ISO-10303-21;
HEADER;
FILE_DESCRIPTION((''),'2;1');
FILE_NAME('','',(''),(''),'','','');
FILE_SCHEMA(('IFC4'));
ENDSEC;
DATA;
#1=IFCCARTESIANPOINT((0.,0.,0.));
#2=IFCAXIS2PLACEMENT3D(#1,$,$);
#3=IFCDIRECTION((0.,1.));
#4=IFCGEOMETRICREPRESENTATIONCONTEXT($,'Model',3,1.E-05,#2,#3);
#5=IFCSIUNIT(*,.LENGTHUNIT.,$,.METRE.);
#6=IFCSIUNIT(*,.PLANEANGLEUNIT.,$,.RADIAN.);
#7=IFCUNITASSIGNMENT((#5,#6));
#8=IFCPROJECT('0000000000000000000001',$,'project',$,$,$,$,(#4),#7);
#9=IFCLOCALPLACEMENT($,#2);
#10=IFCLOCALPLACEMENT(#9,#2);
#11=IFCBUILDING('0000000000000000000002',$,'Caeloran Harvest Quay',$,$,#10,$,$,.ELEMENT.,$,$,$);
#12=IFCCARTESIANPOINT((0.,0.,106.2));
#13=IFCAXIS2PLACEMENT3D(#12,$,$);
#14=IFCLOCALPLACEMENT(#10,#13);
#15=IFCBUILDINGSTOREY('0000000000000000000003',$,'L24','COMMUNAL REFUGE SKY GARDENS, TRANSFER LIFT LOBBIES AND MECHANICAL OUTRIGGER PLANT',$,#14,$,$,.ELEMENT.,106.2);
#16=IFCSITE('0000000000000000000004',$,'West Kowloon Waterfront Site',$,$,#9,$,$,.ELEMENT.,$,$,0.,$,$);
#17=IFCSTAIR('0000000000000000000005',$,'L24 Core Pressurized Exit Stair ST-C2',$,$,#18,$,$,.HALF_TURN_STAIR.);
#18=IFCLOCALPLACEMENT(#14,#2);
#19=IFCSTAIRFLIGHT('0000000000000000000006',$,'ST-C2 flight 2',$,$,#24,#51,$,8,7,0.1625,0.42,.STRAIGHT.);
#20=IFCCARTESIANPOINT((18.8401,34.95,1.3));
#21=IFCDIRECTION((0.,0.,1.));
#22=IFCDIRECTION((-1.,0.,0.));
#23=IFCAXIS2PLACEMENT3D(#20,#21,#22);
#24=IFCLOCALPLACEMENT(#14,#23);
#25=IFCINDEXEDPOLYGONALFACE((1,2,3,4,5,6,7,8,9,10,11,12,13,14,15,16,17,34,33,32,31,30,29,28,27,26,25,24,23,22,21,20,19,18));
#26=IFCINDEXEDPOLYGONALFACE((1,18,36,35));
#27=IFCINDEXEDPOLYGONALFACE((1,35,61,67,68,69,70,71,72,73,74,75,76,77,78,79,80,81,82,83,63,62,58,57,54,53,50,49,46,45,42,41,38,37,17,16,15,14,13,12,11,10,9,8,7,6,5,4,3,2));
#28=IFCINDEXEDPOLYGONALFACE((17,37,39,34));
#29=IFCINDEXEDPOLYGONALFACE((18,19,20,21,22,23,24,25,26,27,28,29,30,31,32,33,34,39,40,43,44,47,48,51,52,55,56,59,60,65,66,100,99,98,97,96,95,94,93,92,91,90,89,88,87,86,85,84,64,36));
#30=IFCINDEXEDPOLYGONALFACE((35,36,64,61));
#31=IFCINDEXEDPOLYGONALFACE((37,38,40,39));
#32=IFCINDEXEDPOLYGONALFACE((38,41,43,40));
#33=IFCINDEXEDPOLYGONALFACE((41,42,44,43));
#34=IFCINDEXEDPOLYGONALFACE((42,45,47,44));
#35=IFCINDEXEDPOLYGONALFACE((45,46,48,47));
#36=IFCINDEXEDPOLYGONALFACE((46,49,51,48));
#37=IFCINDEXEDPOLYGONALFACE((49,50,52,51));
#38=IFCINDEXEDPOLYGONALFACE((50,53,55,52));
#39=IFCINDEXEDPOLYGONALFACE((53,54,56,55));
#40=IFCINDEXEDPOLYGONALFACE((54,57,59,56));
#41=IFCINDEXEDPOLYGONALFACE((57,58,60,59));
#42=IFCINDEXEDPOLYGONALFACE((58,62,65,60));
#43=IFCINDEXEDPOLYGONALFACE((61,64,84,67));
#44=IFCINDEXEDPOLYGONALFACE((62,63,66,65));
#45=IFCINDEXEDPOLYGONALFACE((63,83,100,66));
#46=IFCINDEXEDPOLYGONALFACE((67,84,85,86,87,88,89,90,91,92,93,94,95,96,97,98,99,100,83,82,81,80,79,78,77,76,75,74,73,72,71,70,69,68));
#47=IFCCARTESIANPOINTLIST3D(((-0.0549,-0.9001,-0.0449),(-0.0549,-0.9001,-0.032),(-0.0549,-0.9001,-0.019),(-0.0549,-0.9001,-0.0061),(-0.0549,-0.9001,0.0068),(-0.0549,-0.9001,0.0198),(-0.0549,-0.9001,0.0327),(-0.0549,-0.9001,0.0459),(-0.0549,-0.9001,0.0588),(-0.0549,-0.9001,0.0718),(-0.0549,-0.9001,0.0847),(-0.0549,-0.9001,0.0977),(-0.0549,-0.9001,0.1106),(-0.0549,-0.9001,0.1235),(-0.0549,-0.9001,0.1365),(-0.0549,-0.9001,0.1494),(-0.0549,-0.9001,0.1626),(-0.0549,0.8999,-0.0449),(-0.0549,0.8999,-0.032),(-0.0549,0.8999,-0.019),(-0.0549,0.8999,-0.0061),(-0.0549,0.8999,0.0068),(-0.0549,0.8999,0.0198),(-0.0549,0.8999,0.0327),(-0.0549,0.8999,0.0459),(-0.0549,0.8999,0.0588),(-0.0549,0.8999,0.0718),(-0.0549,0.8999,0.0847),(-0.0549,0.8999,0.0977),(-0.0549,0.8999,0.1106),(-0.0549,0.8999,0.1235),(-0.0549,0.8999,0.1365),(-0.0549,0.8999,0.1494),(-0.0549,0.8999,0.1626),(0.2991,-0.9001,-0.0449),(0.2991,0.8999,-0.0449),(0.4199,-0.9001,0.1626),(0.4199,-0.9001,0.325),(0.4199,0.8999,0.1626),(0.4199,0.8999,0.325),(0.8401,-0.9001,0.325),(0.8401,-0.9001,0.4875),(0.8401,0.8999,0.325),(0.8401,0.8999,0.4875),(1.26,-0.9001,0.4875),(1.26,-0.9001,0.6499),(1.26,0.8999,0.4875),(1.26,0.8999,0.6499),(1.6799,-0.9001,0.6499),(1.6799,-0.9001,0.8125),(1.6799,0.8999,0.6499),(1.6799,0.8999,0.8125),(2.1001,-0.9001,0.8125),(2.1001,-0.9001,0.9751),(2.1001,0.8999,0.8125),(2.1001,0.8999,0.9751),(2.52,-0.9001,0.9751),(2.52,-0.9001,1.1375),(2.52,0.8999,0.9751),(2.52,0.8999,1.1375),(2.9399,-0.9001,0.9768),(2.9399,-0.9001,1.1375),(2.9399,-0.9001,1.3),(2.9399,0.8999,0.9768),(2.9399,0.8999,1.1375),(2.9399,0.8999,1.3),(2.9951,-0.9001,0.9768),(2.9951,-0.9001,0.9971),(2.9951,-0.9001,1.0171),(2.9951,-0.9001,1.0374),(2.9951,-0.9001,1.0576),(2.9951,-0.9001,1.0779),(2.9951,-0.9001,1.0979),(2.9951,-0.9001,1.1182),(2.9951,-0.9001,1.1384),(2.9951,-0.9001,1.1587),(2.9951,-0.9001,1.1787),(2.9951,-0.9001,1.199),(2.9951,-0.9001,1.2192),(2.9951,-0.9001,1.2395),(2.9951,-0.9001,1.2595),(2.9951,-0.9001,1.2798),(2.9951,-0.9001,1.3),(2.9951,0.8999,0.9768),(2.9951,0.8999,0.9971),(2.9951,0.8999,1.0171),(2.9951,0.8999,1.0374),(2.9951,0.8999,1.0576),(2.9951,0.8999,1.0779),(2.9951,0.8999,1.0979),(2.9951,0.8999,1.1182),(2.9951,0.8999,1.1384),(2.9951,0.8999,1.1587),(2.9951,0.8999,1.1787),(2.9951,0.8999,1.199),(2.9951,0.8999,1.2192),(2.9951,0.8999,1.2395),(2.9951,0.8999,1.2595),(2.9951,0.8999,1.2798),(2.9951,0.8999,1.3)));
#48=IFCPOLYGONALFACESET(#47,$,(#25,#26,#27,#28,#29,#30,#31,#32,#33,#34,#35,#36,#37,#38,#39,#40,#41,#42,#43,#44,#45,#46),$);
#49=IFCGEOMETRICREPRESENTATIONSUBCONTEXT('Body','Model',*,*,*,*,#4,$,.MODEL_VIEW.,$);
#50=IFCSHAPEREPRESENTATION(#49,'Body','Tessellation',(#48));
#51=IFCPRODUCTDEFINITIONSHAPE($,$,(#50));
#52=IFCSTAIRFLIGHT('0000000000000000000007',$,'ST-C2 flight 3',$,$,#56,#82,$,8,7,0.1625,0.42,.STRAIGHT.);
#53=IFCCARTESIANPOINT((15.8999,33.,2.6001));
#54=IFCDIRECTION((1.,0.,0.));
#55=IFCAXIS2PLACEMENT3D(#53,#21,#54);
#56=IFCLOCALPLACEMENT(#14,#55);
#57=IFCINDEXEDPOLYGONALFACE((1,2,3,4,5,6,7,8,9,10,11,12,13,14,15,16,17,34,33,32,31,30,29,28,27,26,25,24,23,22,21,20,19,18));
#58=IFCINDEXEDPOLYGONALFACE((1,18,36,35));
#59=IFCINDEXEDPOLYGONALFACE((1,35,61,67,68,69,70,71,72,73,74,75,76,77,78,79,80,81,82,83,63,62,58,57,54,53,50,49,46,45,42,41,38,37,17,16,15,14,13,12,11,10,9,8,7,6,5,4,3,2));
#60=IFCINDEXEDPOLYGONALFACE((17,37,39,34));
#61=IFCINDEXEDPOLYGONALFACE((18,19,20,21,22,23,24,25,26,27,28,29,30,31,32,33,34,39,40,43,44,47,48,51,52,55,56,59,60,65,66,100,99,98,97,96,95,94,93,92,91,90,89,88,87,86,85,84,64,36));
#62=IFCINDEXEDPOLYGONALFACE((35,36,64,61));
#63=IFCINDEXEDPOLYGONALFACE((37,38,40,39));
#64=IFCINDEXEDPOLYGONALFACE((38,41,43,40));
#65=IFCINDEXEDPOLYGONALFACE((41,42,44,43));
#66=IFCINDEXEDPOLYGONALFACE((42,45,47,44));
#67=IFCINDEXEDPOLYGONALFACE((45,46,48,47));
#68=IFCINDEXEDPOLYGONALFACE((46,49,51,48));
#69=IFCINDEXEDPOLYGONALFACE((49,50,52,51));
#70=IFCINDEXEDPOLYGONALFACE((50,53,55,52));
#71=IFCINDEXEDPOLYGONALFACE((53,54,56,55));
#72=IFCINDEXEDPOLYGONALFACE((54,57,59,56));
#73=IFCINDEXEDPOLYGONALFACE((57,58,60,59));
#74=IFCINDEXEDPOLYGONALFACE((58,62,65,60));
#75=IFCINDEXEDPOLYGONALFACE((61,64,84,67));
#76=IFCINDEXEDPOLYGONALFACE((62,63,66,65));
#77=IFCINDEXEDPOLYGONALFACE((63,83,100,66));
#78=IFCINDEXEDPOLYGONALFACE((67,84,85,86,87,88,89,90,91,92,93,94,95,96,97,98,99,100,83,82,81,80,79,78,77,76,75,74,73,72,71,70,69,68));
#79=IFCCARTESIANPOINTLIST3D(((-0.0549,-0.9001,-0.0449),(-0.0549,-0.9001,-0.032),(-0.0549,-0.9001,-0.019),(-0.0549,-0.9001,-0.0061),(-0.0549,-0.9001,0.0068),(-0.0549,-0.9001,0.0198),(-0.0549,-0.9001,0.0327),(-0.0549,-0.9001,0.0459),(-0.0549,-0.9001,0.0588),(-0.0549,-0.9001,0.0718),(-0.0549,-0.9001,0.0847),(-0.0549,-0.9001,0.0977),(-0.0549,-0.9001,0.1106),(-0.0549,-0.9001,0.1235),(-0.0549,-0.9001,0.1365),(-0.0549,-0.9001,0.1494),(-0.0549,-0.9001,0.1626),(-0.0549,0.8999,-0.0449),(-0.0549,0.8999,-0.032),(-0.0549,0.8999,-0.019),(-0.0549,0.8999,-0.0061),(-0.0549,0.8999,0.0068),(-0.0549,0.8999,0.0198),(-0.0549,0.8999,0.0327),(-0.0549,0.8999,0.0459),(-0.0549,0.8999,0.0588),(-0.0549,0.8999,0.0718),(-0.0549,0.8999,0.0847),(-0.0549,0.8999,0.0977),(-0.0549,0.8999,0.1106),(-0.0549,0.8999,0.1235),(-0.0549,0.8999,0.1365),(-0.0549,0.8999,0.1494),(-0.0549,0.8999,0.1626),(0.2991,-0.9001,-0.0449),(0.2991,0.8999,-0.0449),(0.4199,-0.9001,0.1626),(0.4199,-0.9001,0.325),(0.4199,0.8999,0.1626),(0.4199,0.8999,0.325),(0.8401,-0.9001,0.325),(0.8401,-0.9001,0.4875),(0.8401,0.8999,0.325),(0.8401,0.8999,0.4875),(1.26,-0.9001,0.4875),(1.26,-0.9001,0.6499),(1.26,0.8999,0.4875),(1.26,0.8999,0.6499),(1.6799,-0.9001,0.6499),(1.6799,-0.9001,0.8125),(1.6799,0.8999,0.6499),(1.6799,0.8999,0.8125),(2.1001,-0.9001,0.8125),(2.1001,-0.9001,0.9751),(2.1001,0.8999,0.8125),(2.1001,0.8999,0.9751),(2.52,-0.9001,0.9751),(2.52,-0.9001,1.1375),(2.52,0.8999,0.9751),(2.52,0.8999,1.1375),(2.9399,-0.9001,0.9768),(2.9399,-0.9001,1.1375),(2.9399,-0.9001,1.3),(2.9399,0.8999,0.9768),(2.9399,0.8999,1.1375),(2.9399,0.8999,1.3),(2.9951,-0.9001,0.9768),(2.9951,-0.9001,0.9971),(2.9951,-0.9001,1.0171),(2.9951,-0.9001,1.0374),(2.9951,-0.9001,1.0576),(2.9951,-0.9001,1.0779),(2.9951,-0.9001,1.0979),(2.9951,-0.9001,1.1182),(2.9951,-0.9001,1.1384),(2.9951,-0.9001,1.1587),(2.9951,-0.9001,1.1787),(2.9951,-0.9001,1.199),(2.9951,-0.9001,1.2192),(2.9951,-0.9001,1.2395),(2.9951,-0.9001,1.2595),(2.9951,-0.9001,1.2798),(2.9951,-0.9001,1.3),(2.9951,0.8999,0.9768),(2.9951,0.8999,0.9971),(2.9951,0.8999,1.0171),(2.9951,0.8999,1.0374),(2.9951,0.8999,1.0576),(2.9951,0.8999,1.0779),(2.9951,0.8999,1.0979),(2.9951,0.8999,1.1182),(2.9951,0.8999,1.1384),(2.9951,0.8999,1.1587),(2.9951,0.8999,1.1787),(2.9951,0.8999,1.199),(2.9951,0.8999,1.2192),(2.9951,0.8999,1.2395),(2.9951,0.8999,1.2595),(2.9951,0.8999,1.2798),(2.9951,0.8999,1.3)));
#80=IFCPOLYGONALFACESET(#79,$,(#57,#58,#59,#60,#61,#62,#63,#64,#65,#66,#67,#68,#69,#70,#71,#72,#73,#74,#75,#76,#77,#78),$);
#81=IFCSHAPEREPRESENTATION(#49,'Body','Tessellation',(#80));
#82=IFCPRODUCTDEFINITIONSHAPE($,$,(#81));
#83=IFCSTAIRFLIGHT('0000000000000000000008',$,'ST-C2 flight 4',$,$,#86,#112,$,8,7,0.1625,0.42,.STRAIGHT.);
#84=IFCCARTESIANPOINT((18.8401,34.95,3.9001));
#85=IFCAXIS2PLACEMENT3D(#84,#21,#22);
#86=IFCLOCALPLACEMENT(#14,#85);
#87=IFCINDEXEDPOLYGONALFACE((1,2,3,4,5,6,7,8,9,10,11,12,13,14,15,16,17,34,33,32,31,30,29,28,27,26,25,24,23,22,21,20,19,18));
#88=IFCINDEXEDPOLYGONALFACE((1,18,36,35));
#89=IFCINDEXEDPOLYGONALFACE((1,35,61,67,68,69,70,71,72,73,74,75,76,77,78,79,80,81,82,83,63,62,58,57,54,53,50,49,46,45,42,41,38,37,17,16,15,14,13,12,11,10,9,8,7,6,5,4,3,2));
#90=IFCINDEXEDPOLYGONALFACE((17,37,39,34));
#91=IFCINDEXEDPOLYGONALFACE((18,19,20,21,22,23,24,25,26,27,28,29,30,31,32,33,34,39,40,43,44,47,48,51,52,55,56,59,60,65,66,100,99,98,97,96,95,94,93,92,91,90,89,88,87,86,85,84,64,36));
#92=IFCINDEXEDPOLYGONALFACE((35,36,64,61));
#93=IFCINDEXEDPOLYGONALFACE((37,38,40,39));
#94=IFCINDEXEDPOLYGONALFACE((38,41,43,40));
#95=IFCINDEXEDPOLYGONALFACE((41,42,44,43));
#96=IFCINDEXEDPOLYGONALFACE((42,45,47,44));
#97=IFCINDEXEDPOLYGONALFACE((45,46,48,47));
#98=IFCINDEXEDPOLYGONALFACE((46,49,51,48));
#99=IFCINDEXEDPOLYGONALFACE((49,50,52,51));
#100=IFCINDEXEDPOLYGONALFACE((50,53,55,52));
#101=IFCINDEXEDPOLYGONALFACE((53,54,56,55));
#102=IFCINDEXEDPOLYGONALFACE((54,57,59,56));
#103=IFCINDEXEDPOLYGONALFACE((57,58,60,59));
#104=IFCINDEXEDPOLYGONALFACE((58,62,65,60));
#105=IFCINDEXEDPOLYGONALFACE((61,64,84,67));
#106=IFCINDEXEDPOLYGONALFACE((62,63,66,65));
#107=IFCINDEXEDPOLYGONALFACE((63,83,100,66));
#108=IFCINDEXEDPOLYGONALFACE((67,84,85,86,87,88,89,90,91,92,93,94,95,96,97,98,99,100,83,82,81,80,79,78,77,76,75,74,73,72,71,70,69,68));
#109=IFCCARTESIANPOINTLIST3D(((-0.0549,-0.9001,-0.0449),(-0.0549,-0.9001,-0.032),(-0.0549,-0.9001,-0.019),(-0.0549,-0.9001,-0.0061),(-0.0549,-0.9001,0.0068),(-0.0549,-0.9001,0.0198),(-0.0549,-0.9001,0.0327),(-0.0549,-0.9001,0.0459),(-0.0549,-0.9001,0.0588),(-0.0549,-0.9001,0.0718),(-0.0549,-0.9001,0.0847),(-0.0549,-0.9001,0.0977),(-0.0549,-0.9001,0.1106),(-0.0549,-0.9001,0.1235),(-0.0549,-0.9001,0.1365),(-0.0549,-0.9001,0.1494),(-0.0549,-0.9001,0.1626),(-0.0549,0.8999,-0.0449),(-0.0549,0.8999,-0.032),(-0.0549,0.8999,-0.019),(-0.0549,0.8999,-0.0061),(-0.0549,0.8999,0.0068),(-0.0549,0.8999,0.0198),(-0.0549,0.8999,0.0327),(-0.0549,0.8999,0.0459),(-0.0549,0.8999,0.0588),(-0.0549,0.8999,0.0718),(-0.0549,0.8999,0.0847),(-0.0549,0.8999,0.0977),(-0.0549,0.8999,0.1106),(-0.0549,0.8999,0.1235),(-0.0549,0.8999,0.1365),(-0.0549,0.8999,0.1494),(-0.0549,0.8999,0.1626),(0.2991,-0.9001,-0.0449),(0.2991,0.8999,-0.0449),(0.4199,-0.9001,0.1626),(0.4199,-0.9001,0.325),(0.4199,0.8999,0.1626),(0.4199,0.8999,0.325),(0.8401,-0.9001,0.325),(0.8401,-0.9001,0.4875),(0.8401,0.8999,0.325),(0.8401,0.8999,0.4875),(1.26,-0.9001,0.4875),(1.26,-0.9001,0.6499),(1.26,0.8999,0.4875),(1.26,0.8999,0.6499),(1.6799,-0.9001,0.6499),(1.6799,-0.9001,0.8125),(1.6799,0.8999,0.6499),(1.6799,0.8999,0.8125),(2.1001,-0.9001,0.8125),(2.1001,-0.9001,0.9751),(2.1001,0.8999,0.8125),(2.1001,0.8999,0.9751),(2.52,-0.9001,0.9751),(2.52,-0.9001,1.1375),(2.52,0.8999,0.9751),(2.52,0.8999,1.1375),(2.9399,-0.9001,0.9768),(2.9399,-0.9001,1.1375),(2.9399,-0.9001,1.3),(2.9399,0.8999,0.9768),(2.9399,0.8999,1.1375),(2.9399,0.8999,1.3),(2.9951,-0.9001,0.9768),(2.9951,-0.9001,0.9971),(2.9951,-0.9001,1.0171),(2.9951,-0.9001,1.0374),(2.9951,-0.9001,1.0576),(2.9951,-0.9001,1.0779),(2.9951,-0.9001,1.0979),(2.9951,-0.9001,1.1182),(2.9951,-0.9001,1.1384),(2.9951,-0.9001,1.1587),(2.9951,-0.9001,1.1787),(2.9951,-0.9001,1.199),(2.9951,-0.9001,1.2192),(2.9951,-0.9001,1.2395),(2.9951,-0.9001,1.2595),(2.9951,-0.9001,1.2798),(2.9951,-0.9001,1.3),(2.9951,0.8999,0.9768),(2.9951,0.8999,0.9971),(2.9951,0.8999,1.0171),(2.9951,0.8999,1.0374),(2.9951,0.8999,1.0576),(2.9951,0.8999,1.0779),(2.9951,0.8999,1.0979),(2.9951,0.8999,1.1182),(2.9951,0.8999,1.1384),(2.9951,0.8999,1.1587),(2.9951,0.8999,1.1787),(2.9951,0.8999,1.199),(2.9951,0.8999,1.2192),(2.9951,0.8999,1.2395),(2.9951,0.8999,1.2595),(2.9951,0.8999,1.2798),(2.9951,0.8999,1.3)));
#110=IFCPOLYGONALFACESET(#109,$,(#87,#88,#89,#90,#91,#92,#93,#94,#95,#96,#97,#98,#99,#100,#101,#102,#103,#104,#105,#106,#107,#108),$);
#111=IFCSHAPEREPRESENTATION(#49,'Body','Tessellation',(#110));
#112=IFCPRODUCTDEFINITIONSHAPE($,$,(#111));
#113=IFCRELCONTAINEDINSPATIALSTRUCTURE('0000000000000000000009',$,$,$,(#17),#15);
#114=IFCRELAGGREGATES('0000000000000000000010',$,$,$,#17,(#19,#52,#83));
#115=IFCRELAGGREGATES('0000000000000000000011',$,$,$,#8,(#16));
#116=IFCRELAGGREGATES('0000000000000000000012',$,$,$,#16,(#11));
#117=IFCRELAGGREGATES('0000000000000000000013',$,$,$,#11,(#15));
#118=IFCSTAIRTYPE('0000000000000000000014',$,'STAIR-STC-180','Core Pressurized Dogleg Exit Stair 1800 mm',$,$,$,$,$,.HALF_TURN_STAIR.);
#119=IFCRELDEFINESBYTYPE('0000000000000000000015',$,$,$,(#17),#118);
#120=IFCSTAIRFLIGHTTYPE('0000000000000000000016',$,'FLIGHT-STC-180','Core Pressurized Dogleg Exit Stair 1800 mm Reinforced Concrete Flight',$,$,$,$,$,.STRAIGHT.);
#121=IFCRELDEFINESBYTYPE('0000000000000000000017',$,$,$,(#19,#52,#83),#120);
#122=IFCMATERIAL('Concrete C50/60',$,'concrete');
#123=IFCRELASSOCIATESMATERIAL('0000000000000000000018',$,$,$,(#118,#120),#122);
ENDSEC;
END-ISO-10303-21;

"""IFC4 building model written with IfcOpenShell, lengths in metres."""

from ifc_helpers import new_model, si_unit, direction, frame, origin, place, context, subcontext, project, spatial, polyline, outline, extrude, material, type_object, element, aggregate, save


model = new_model("IFC4")

# Units and contexts
model_context = context("Model", 3, precision=1e-05, world=origin(), true_north=direction((0.0, 1.0)))
body_context = subcontext(model_context, "Body", "Model", "MODEL_VIEW")
ifc_project = project(units=[si_unit("LENGTHUNIT", "METRE"), si_unit("PLANEANGLEUNIT", "RADIAN")], contexts=[model_context])

# Site, building, storey
site_placement = place(None, origin())
site = spatial("IfcSite", under=ifc_project, at=site_placement, Name="West Kowloon Waterfront Site", CompositionType="ELEMENT", RefElevation=0.0)
building_placement = place(site_placement, origin())
building = spatial("IfcBuilding", under=site, at=building_placement, Name="Caeloran Harvest Quay", CompositionType="ELEMENT")
storey_placement = place(building_placement, frame((0.0, 0.0, 106.2)))
storey = spatial("IfcBuildingStorey", under=building, at=storey_placement, Name="L24", Description="COMMUNAL REFUGE SKY GARDENS, TRANSFER LIFT LOBBIES AND MECHANICAL OUTRIGGER PLANT", CompositionType="ELEMENT", Elevation=106.2)

# Shared definitions
ifc_material_1 = material(Name="Concrete C50/60", Category="concrete")

# Stair, stair flights
stair_type = type_object("IfcStairType", Name="STAIR-STC-180", Description="Core Pressurized Dogleg Exit Stair 1800 mm", PredefinedType="HALF_TURN_STAIR", material=ifc_material_1)
stair_flight_type = type_object("IfcStairFlightType", Name="FLIGHT-STC-180", Description="Core Pressurized Dogleg Exit Stair 1800 mm Reinforced Concrete Flight", PredefinedType="STRAIGHT", material=ifc_material_1)
stair_1_placement = place(storey_placement, origin())
stair_1 = element("IfcStair", 1, at=stair_1_placement, inside=storey, type_object=stair_type, Name="L24 Core Pressurized Exit Stair ST-C2", PredefinedType="HALF_TURN_STAIR")
stair_flight_1_placement = place(storey_placement, frame((18.8401, 34.95, 1.3), z_axis=(0.0, 0.0, 1.0), x_axis=(-1.0, 0.0, 0.0)))
stair_flight_1 = element("IfcStairFlight", 2, at=stair_flight_1_placement, type_object=stair_flight_type, Name="ST-C2 flight 2", NumberOfRisers=8, NumberOfTreads=7, PredefinedType="STRAIGHT", RiserHeight=0.1625, TreadLength=0.42, context=body_context, shape_type="SweptSolid", body=[
    extrude(outline(polyline([(-0.0549, -0.0449), (-0.0549, -0.032), (-0.0549, -0.019), (-0.0549, -0.0061), (-0.0549, 0.0068), (-0.0549, 0.0198), (-0.0549, 0.0327), (-0.0549, 0.0459), (-0.0549, 0.0588), (-0.0549, 0.0718), (-0.0549, 0.0847), (-0.0549, 0.0977), (-0.0549, 0.1106), (-0.0549, 0.1235), (-0.0549, 0.1365), (-0.0549, 0.1494), (-0.0549, 0.1626), (0.4199, 0.1626), (0.4199, 0.325), (0.8401, 0.325), (0.8401, 0.4875), (1.26, 0.4875), (1.26, 0.6499), (1.6799, 0.6499), (1.6799, 0.8125), (2.1001, 0.8125), (2.1001, 0.9751), (2.52, 0.9751), (2.52, 1.1375), (2.9399, 1.1375), (2.9399, 1.3), (2.9951, 1.3), (2.9951, 1.2798), (2.9951, 1.2595), (2.9951, 1.2395), (2.9951, 1.2192), (2.9951, 1.199), (2.9951, 1.1787), (2.9951, 1.1587), (2.9951, 1.1384), (2.9951, 1.1182), (2.9951, 1.0979), (2.9951, 1.0779), (2.9951, 1.0576), (2.9951, 1.0374), (2.9951, 1.0171), (2.9951, 0.9971), (2.9951, 0.9768), (2.9399, 0.9768), (0.2991, -0.0449), (-0.0549, -0.0449)])), frame((0.0, 0.8999, 0.0), z_axis=(0.0, -1.0, 0.0), x_axis=(1.0, 0.0, 0.0)), (0.0, 0.0, 1.0), 1.8),
])
stair_flight_2_placement = place(storey_placement, frame((15.8999, 33.0, 2.6001), z_axis=(0.0, 0.0, 1.0), x_axis=(1.0, 0.0, 0.0)))
stair_flight_2 = element("IfcStairFlight", 3, at=stair_flight_2_placement, type_object=stair_flight_type, Name="ST-C2 flight 3", NumberOfRisers=8, NumberOfTreads=7, PredefinedType="STRAIGHT", RiserHeight=0.1625, TreadLength=0.42, context=body_context, shape_type="SweptSolid", body=[
    extrude(outline(polyline([(-0.0549, -0.0449), (-0.0549, -0.032), (-0.0549, -0.019), (-0.0549, -0.0061), (-0.0549, 0.0068), (-0.0549, 0.0198), (-0.0549, 0.0327), (-0.0549, 0.0459), (-0.0549, 0.0588), (-0.0549, 0.0718), (-0.0549, 0.0847), (-0.0549, 0.0977), (-0.0549, 0.1106), (-0.0549, 0.1235), (-0.0549, 0.1365), (-0.0549, 0.1494), (-0.0549, 0.1626), (0.4199, 0.1626), (0.4199, 0.325), (0.8401, 0.325), (0.8401, 0.4875), (1.26, 0.4875), (1.26, 0.6499), (1.6799, 0.6499), (1.6799, 0.8125), (2.1001, 0.8125), (2.1001, 0.9751), (2.52, 0.9751), (2.52, 1.1375), (2.9399, 1.1375), (2.9399, 1.3), (2.9951, 1.3), (2.9951, 1.2798), (2.9951, 1.2595), (2.9951, 1.2395), (2.9951, 1.2192), (2.9951, 1.199), (2.9951, 1.1787), (2.9951, 1.1587), (2.9951, 1.1384), (2.9951, 1.1182), (2.9951, 1.0979), (2.9951, 1.0779), (2.9951, 1.0576), (2.9951, 1.0374), (2.9951, 1.0171), (2.9951, 0.9971), (2.9951, 0.9768), (2.9399, 0.9768), (0.2991, -0.0449), (-0.0549, -0.0449)])), frame((0.0, 0.8999, 0.0), z_axis=(0.0, -1.0, 0.0), x_axis=(1.0, 0.0, 0.0)), (0.0, 0.0, 1.0), 1.8),
])
stair_flight_3_placement = place(storey_placement, frame((18.8401, 34.95, 3.9001), z_axis=(0.0, 0.0, 1.0), x_axis=(-1.0, 0.0, 0.0)))
stair_flight_3 = element("IfcStairFlight", 4, at=stair_flight_3_placement, type_object=stair_flight_type, Name="ST-C2 flight 4", NumberOfRisers=8, NumberOfTreads=7, PredefinedType="STRAIGHT", RiserHeight=0.1625, TreadLength=0.42, context=body_context, shape_type="SweptSolid", body=[
    extrude(outline(polyline([(-0.0549, -0.0449), (-0.0549, -0.032), (-0.0549, -0.019), (-0.0549, -0.0061), (-0.0549, 0.0068), (-0.0549, 0.0198), (-0.0549, 0.0327), (-0.0549, 0.0459), (-0.0549, 0.0588), (-0.0549, 0.0718), (-0.0549, 0.0847), (-0.0549, 0.0977), (-0.0549, 0.1106), (-0.0549, 0.1235), (-0.0549, 0.1365), (-0.0549, 0.1494), (-0.0549, 0.1626), (0.4199, 0.1626), (0.4199, 0.325), (0.8401, 0.325), (0.8401, 0.4875), (1.26, 0.4875), (1.26, 0.6499), (1.6799, 0.6499), (1.6799, 0.8125), (2.1001, 0.8125), (2.1001, 0.9751), (2.52, 0.9751), (2.52, 1.1375), (2.9399, 1.1375), (2.9399, 1.3), (2.9951, 1.3), (2.9951, 1.2798), (2.9951, 1.2595), (2.9951, 1.2395), (2.9951, 1.2192), (2.9951, 1.199), (2.9951, 1.1787), (2.9951, 1.1587), (2.9951, 1.1384), (2.9951, 1.1182), (2.9951, 1.0979), (2.9951, 1.0779), (2.9951, 1.0576), (2.9951, 1.0374), (2.9951, 1.0171), (2.9951, 0.9971), (2.9951, 0.9768), (2.9399, 0.9768), (0.2991, -0.0449), (-0.0549, -0.0449)])), frame((0.0, 0.8999, 0.0), z_axis=(0.0, -1.0, 0.0), x_axis=(1.0, 0.0, 0.0)), (0.0, 0.0, 1.0), 1.8),
])
aggregate(stair_1, [stair_flight_1, stair_flight_2, stair_flight_3])

save(model, "model.ifc")
